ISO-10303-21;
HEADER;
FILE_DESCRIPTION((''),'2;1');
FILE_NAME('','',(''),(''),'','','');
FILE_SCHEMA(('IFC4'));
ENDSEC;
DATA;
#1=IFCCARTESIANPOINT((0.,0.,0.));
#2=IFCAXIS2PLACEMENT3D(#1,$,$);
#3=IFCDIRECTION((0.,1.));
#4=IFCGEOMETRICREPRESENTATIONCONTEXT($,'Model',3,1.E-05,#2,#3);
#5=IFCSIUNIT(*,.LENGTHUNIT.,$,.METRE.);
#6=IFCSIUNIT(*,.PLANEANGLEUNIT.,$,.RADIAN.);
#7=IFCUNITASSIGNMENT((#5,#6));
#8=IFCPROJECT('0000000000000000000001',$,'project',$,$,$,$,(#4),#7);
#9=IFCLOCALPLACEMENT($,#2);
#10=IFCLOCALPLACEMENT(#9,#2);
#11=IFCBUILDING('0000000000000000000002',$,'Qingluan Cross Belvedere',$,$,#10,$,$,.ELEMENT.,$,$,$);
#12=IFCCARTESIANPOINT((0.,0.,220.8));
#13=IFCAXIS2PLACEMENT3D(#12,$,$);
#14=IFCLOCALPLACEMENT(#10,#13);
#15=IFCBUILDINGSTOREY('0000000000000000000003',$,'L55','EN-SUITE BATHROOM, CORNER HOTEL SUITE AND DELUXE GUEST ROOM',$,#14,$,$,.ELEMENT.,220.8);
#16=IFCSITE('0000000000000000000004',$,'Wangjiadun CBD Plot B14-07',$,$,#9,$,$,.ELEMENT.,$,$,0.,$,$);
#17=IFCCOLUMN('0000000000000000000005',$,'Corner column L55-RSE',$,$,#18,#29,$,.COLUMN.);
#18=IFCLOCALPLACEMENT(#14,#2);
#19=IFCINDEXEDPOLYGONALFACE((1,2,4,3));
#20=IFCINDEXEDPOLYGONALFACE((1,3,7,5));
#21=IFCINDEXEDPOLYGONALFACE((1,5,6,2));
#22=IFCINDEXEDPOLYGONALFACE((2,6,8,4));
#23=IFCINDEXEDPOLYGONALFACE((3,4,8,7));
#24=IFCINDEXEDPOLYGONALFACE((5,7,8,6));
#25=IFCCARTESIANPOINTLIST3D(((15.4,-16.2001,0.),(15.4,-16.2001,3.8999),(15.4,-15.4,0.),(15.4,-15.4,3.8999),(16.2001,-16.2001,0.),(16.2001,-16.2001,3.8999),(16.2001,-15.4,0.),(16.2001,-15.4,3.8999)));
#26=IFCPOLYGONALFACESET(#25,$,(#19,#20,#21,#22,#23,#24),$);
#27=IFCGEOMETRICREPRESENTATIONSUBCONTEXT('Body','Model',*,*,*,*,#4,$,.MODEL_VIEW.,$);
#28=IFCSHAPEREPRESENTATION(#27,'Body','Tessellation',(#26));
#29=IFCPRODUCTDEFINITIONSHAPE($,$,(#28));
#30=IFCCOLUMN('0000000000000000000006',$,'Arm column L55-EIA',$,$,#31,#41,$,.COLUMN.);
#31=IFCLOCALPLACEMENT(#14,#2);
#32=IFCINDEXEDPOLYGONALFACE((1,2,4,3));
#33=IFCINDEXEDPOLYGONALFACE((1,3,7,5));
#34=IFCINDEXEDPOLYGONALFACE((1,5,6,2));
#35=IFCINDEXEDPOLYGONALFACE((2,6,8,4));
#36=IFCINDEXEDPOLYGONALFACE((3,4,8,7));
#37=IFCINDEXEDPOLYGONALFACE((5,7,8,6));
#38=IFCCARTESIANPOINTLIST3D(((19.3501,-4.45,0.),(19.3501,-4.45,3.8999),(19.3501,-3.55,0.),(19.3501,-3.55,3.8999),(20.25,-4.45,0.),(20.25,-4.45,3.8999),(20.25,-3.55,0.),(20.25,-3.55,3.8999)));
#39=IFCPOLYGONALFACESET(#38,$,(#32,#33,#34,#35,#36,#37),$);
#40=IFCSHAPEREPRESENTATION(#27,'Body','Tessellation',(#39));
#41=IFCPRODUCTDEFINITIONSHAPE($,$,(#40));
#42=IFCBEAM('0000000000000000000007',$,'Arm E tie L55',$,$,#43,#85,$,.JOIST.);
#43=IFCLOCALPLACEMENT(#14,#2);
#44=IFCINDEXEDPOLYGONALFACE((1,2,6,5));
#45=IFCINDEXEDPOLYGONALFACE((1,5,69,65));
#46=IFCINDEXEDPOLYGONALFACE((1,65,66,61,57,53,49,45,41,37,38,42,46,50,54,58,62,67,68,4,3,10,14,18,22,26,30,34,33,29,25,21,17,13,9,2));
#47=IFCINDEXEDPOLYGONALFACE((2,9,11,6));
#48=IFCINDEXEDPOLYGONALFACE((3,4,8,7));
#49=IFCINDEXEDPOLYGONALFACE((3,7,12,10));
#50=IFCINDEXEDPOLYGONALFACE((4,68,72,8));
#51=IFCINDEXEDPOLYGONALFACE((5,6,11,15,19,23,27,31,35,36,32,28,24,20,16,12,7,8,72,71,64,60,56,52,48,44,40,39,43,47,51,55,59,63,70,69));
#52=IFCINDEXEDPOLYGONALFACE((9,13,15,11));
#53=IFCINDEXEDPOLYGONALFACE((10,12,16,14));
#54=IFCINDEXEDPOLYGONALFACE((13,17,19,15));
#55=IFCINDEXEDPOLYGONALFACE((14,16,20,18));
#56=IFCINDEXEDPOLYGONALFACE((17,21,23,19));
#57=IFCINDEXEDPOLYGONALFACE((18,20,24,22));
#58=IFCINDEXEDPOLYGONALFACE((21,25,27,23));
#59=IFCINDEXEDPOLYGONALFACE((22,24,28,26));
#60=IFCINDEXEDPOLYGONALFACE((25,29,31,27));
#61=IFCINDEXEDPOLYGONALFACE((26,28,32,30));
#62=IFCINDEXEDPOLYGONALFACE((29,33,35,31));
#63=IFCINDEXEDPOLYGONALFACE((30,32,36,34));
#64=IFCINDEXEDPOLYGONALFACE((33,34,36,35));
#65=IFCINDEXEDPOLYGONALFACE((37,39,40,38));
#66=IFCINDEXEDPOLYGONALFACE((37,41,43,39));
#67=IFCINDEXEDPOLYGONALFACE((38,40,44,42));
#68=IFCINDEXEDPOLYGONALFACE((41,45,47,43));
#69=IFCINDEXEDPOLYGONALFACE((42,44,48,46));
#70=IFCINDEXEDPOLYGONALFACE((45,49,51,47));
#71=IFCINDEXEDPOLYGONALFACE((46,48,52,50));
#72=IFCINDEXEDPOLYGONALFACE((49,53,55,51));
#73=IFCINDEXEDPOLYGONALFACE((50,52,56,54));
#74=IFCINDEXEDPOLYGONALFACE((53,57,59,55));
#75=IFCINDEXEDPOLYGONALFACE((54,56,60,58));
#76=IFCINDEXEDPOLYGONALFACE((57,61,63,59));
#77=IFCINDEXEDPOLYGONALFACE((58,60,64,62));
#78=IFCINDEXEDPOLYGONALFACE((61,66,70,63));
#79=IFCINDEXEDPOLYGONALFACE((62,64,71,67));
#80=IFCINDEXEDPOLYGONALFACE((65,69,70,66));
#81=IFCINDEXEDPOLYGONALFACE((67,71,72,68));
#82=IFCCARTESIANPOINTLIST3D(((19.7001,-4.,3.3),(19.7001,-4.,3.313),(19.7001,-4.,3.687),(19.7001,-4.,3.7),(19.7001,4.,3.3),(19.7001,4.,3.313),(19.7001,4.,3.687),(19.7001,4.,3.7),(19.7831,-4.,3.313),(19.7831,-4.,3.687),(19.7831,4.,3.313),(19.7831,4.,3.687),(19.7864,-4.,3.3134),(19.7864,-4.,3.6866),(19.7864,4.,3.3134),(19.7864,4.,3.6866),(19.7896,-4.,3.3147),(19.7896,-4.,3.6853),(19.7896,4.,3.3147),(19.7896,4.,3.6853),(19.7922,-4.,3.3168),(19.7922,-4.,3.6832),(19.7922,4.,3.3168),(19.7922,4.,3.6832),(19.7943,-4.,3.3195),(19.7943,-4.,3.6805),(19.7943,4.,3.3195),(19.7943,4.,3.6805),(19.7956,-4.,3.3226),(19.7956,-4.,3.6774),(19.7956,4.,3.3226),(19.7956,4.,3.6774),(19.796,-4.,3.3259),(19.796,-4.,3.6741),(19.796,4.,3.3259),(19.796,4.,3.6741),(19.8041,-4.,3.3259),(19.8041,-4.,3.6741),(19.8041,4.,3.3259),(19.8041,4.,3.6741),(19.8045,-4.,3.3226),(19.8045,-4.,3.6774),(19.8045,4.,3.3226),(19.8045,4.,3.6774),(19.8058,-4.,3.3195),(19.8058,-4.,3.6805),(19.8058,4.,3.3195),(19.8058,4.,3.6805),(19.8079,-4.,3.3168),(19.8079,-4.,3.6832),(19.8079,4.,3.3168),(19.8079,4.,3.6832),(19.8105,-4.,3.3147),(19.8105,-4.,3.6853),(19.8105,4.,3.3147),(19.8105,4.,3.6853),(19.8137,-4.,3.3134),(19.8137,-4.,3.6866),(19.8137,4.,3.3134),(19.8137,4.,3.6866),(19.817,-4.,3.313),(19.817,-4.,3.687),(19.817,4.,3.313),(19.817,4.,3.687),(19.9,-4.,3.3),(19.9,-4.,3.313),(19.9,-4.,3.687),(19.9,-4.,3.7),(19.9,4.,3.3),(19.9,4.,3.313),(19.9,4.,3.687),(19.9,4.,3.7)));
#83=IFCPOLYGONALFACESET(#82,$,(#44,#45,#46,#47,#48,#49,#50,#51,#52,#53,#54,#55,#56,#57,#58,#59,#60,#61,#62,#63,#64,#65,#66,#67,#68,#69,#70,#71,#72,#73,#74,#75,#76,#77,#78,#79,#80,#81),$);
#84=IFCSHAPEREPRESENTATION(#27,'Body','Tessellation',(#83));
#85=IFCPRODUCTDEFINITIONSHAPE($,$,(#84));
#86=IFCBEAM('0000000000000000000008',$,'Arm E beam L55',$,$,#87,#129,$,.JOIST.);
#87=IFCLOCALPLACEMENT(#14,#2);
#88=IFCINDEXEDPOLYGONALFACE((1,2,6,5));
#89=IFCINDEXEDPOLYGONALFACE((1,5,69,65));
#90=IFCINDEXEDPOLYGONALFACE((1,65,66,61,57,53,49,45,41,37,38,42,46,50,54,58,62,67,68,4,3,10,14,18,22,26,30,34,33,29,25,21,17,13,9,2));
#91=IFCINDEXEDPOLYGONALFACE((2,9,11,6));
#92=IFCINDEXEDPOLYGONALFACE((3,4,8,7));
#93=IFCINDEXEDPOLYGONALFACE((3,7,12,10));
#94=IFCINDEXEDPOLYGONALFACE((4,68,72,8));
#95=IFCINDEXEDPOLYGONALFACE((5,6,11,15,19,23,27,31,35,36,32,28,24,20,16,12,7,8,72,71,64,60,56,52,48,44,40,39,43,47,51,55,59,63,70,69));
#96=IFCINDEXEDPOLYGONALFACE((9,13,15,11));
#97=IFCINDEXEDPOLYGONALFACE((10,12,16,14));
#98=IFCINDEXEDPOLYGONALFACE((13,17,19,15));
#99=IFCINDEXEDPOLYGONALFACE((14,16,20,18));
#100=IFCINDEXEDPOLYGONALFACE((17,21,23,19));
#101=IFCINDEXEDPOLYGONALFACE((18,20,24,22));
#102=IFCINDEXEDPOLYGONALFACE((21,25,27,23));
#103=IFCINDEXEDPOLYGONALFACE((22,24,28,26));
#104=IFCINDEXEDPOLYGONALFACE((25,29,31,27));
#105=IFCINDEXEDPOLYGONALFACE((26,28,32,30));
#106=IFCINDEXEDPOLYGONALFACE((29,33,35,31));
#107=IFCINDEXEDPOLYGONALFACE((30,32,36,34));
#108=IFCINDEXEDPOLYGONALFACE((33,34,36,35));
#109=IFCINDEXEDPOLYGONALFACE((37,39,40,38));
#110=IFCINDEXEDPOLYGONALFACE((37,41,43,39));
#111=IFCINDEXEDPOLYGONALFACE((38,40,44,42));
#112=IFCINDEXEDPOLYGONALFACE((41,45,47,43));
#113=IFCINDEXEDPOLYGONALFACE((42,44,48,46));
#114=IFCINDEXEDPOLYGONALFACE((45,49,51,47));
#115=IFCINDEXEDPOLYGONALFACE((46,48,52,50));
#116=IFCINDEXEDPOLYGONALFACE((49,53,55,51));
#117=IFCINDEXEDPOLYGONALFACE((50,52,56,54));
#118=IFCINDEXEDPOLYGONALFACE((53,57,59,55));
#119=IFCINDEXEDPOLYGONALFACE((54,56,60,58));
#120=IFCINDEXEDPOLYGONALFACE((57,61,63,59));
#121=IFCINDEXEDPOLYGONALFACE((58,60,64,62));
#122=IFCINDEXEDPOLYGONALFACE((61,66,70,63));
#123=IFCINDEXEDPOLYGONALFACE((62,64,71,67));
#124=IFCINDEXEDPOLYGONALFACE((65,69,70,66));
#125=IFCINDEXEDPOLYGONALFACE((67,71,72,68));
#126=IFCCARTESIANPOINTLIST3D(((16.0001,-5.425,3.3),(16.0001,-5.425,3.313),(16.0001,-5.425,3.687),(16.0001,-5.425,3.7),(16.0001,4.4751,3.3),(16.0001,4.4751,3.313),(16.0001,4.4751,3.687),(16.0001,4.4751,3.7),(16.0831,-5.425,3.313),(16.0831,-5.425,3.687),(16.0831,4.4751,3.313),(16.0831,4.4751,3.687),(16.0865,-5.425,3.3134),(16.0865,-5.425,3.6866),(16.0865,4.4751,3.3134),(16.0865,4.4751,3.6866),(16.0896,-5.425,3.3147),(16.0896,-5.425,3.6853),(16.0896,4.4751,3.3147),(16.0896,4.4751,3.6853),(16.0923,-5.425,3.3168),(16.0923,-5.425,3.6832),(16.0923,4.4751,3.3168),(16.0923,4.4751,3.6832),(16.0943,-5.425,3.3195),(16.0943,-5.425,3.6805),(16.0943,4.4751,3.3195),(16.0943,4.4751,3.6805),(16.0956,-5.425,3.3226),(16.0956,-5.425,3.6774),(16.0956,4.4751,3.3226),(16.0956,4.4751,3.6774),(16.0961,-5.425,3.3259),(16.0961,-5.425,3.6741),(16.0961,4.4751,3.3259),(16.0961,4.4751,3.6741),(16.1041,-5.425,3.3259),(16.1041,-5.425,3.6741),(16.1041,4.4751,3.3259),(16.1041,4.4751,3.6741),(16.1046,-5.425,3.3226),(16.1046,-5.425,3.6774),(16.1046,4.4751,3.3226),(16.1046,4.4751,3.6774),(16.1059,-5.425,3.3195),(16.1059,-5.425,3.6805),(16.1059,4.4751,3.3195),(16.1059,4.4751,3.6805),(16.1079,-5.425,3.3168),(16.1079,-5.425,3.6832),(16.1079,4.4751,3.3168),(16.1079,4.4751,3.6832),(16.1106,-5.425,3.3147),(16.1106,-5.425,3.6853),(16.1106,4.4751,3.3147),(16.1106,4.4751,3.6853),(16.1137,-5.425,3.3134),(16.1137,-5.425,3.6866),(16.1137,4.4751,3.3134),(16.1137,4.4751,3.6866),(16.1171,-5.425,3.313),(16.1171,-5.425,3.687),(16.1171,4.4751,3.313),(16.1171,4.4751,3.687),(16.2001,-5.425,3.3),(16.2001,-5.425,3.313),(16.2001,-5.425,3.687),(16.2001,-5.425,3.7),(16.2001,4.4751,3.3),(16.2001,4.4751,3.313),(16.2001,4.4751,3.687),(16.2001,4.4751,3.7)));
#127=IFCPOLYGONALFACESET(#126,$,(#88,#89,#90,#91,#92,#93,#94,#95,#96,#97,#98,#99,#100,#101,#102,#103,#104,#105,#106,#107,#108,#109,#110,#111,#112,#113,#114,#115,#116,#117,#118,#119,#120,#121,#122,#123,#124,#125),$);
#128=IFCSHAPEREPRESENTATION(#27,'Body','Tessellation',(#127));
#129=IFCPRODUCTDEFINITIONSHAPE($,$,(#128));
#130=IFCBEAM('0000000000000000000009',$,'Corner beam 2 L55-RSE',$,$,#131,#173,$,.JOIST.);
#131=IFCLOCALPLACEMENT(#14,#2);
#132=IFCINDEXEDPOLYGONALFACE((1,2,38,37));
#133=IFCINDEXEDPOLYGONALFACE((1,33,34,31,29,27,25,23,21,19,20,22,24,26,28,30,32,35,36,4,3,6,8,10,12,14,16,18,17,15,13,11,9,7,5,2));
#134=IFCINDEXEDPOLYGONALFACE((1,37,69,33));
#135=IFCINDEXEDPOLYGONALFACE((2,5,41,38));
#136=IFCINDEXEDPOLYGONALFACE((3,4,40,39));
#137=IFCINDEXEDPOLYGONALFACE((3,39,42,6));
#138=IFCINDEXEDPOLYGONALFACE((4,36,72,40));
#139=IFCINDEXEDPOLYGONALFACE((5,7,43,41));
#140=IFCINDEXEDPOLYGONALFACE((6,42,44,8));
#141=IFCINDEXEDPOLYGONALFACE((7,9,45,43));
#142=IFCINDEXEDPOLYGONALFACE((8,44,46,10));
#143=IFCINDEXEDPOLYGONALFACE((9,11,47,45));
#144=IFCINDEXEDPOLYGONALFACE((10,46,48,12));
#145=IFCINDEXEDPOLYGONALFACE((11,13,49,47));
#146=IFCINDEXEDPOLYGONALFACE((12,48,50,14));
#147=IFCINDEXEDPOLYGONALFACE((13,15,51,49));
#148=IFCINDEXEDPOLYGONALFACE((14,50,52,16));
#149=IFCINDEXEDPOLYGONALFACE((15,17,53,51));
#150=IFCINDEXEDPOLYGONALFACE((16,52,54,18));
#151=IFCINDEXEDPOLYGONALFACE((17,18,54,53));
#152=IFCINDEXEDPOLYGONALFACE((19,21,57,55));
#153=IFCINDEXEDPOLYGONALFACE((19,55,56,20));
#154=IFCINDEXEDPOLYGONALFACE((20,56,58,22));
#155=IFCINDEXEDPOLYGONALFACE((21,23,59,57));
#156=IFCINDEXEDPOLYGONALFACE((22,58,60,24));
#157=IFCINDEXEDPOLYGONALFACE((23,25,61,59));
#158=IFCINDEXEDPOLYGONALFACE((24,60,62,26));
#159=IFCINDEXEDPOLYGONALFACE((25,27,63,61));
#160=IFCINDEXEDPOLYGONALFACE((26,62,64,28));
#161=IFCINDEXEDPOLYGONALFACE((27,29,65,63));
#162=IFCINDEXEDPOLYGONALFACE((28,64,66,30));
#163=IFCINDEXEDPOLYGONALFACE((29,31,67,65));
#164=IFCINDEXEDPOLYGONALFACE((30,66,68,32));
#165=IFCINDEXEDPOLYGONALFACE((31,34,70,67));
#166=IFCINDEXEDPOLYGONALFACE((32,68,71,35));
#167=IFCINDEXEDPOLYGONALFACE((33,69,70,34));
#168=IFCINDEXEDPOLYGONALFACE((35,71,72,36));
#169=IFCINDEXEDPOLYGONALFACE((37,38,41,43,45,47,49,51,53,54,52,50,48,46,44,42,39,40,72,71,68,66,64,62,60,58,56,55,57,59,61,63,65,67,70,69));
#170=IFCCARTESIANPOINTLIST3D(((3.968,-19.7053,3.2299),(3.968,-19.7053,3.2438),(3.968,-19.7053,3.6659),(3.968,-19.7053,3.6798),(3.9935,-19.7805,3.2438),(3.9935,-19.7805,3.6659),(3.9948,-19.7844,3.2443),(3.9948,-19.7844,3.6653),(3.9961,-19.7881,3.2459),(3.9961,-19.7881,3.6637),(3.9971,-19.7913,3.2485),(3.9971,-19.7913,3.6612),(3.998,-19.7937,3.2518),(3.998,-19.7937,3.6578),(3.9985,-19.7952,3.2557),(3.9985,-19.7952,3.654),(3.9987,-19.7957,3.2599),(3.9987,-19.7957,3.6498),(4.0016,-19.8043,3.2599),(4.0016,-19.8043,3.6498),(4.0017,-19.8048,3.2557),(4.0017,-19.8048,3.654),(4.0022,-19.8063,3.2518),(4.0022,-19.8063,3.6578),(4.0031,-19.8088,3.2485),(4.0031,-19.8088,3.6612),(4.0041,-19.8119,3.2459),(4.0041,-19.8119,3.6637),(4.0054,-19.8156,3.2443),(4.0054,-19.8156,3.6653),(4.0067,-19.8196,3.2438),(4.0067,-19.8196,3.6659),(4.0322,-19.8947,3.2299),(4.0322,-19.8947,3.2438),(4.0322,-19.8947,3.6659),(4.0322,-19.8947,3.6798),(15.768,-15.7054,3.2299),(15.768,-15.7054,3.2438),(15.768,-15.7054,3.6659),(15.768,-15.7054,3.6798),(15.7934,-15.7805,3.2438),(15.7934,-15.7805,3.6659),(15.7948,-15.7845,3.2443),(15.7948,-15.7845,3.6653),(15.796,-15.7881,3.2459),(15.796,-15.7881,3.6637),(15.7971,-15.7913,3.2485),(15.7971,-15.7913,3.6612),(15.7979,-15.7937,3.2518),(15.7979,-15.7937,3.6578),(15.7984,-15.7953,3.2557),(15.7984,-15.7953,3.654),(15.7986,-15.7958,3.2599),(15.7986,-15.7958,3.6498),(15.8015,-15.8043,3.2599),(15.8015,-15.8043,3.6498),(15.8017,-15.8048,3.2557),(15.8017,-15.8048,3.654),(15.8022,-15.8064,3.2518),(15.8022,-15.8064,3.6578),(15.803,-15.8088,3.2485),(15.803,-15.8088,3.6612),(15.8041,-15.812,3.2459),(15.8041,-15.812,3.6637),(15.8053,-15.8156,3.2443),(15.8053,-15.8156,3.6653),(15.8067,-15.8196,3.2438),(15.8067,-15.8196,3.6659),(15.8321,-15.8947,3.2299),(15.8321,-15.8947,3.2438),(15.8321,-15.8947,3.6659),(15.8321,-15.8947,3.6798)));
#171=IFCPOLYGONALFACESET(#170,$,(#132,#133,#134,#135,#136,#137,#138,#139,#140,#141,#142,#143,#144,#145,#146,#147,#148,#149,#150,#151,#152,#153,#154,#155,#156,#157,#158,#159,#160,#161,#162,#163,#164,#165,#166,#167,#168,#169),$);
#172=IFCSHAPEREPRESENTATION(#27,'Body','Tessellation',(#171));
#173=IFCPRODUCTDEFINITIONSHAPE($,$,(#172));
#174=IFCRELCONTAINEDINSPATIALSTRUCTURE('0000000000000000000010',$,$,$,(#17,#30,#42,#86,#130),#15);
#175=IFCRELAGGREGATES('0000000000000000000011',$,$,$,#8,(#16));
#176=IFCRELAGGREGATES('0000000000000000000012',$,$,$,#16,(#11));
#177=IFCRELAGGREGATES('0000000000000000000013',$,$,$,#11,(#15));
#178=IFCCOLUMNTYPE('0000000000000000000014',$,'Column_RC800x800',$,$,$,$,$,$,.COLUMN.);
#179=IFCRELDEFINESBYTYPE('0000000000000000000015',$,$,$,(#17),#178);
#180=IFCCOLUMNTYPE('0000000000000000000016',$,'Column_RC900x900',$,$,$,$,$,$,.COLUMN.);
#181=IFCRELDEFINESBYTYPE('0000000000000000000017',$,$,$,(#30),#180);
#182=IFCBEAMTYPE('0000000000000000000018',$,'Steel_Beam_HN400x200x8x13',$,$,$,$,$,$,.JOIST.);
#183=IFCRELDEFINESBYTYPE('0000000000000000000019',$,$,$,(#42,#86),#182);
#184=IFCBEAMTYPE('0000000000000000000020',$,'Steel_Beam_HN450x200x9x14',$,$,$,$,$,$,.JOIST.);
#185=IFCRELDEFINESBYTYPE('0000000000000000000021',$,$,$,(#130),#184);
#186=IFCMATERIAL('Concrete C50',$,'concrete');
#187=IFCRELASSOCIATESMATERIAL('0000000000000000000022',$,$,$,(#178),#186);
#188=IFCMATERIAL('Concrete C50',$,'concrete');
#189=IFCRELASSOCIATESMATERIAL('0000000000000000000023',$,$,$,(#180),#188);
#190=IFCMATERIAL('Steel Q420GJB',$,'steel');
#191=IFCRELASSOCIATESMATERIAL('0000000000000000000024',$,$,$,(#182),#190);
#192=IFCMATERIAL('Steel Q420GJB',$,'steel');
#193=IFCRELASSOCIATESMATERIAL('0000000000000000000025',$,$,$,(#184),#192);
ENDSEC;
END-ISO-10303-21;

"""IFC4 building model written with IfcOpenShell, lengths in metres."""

from ifc_helpers import new_model, si_unit, direction, frame, origin, origin_2d, place, context, subcontext, project, spatial, rectangle, i_section, extrude, material, material_profile, profile_set, type_object, element, save


model = new_model("IFC4")

# Units and contexts
model_context = context("Model", 3, precision=1e-05, world=origin(), true_north=direction((0.0, 1.0)))
body_context = subcontext(model_context, "Body", "Model", "MODEL_VIEW")
ifc_project = project(units=[si_unit("LENGTHUNIT", "METRE"), si_unit("PLANEANGLEUNIT", "RADIAN")], contexts=[model_context])

# Site, building, storey
site_placement = place(None, origin())
site = spatial("IfcSite", under=ifc_project, at=site_placement, Name="Wangjiadun CBD Plot B14-07", CompositionType="ELEMENT", RefElevation=0.0)
building_placement = place(site_placement, origin())
building = spatial("IfcBuilding", under=site, at=building_placement, Name="Qingluan Cross Belvedere", CompositionType="ELEMENT")
storey_placement = place(building_placement, frame((0.0, 0.0, 220.8)))
storey = spatial("IfcBuildingStorey", under=building, at=storey_placement, Name="L55", Description="EN-SUITE BATHROOM, CORNER HOTEL SUITE AND DELUXE GUEST ROOM", CompositionType="ELEMENT", Elevation=220.8)

# Columns
ifc_material_1 = material(Name="Concrete C50", Category="concrete")
ifc_material_profile_1 = material_profile(ifc_material_1, rectangle(XDim=0.8, YDim=0.8, at=origin_2d()), Name="RC800x800")
ifc_profile_set_1 = profile_set([ifc_material_profile_1], Name="Concrete C50")
column_type_1 = type_object("IfcColumnType", Name="Column_RC800x800", PredefinedType="COLUMN", material=ifc_profile_set_1)
column_1_placement = place(storey_placement, frame((15.8, -15.8, 0.0), z_axis=(0.0, 0.0, 1.0), x_axis=(1.0, 0.0, 0.0)))
element("IfcColumn", 1, at=column_1_placement, inside=storey, type_object=column_type_1, Name="Corner column L55-RSE", PredefinedType="COLUMN", context=body_context, shape_type="SweptSolid", body=[
    extrude(rectangle(XDim=0.8, YDim=0.8, at=origin_2d()), origin(), (0.0, 0.0, 1.0), 3.8999),
])
ifc_material_2 = material(Name="Concrete C50", Category="concrete")
ifc_material_profile_2 = material_profile(ifc_material_2, rectangle(XDim=0.8999, YDim=0.8999, at=origin_2d()), Name="RC900x900")
ifc_profile_set_2 = profile_set([ifc_material_profile_2], Name="Concrete C50")
column_type_2 = type_object("IfcColumnType", Name="Column_RC900x900", PredefinedType="COLUMN", material=ifc_profile_set_2)
column_2_placement = place(storey_placement, frame((19.8, -4.0, 0.0), z_axis=(0.0, 0.0, 1.0), x_axis=(1.0, 0.0, 0.0)))
element("IfcColumn", 2, at=column_2_placement, inside=storey, type_object=column_type_2, Name="Arm column L55-EIA", PredefinedType="COLUMN", context=body_context, shape_type="SweptSolid", body=[
    extrude(rectangle(XDim=0.8999, YDim=0.8999, at=origin_2d()), origin(), (0.0, 0.0, 1.0), 3.8999),
])

# Beams
ifc_material_3 = material(Name="Steel Q420GJB", Category="steel")
ifc_material_profile_3 = material_profile(ifc_material_3, i_section(OverallWidth=0.2, OverallDepth=0.3999, WebThickness=0.0081, FlangeThickness=0.0129, FilletRadius=0.0129, at=origin_2d()), Name="HN400x200x8x13")
ifc_profile_set_3 = profile_set([ifc_material_profile_3], Name="Steel Q420GJB")
beam_type_1 = type_object("IfcBeamType", Name="Steel_Beam_HN400x200x8x13", PredefinedType="JOIST", material=ifc_profile_set_3)
beam_1_placement = place(storey_placement, frame((19.8, -4.0, 3.5), z_axis=(0.0, 1.0, 0.0), x_axis=(-1.0, 0.0, 0.0)))
element("IfcBeam", 3, at=beam_1_placement, inside=storey, type_object=beam_type_1, Name="Arm E tie L55", PredefinedType="JOIST", context=body_context, shape_type="SweptSolid", body=[
    extrude(i_section(OverallWidth=0.2, OverallDepth=0.3999, WebThickness=0.0081, FlangeThickness=0.0129, FilletRadius=0.0129, at=origin_2d()), origin(), (0.0, 0.0, 1.0), 8.0),
])
beam_2_placement = place(storey_placement, frame((16.1001, -5.425, 3.5), z_axis=(0.0, 1.0, 0.0), x_axis=(-1.0, 0.0, 0.0)))
element("IfcBeam", 4, at=beam_2_placement, inside=storey, type_object=beam_type_1, Name="Arm E beam L55", PredefinedType="JOIST", context=body_context, shape_type="SweptSolid", body=[
    extrude(i_section(OverallWidth=0.2, OverallDepth=0.3999, WebThickness=0.0081, FlangeThickness=0.0129, FilletRadius=0.0129, at=origin_2d()), origin(), (0.0, 0.0, 1.0), 9.9001),
])
ifc_material_4 = material(Name="Steel Q420GJB", Category="steel")
ifc_material_profile_4 = material_profile(ifc_material_4, i_section(OverallWidth=0.2, OverallDepth=0.45, WebThickness=0.009, FlangeThickness=0.0139, FilletRadius=0.0161, at=origin_2d()), Name="HN450x200x9x14")
ifc_profile_set_4 = profile_set([ifc_material_profile_4], Name="Steel Q420GJB")
beam_type_2 = type_object("IfcBeamType", Name="Steel_Beam_HN450x200x9x14", PredefinedType="JOIST", material=ifc_profile_set_4)
for number, where, z_axis, x_axis, name in (
    (5, (15.8, -15.8, 3.4548), (-0.947066, -0.321038, 0.0), (0.321038, -0.947066, 0.0), "Corner beam 2 L55-RSE"),
):
    element("IfcBeam", number, at=place(storey_placement, frame(where, z_axis=z_axis, x_axis=x_axis)), inside=storey, type_object=beam_type_2, Name=name, PredefinedType="JOIST", context=body_context, shape_type="SweptSolid", body=[
        extrude(i_section(OverallWidth=0.2, OverallDepth=0.45, WebThickness=0.009, FlangeThickness=0.0139, FilletRadius=0.0161, at=origin_2d()), origin(), (0.0, 0.0, 1.0), 12.4595),
    ])

save(model, "model.ifc")
